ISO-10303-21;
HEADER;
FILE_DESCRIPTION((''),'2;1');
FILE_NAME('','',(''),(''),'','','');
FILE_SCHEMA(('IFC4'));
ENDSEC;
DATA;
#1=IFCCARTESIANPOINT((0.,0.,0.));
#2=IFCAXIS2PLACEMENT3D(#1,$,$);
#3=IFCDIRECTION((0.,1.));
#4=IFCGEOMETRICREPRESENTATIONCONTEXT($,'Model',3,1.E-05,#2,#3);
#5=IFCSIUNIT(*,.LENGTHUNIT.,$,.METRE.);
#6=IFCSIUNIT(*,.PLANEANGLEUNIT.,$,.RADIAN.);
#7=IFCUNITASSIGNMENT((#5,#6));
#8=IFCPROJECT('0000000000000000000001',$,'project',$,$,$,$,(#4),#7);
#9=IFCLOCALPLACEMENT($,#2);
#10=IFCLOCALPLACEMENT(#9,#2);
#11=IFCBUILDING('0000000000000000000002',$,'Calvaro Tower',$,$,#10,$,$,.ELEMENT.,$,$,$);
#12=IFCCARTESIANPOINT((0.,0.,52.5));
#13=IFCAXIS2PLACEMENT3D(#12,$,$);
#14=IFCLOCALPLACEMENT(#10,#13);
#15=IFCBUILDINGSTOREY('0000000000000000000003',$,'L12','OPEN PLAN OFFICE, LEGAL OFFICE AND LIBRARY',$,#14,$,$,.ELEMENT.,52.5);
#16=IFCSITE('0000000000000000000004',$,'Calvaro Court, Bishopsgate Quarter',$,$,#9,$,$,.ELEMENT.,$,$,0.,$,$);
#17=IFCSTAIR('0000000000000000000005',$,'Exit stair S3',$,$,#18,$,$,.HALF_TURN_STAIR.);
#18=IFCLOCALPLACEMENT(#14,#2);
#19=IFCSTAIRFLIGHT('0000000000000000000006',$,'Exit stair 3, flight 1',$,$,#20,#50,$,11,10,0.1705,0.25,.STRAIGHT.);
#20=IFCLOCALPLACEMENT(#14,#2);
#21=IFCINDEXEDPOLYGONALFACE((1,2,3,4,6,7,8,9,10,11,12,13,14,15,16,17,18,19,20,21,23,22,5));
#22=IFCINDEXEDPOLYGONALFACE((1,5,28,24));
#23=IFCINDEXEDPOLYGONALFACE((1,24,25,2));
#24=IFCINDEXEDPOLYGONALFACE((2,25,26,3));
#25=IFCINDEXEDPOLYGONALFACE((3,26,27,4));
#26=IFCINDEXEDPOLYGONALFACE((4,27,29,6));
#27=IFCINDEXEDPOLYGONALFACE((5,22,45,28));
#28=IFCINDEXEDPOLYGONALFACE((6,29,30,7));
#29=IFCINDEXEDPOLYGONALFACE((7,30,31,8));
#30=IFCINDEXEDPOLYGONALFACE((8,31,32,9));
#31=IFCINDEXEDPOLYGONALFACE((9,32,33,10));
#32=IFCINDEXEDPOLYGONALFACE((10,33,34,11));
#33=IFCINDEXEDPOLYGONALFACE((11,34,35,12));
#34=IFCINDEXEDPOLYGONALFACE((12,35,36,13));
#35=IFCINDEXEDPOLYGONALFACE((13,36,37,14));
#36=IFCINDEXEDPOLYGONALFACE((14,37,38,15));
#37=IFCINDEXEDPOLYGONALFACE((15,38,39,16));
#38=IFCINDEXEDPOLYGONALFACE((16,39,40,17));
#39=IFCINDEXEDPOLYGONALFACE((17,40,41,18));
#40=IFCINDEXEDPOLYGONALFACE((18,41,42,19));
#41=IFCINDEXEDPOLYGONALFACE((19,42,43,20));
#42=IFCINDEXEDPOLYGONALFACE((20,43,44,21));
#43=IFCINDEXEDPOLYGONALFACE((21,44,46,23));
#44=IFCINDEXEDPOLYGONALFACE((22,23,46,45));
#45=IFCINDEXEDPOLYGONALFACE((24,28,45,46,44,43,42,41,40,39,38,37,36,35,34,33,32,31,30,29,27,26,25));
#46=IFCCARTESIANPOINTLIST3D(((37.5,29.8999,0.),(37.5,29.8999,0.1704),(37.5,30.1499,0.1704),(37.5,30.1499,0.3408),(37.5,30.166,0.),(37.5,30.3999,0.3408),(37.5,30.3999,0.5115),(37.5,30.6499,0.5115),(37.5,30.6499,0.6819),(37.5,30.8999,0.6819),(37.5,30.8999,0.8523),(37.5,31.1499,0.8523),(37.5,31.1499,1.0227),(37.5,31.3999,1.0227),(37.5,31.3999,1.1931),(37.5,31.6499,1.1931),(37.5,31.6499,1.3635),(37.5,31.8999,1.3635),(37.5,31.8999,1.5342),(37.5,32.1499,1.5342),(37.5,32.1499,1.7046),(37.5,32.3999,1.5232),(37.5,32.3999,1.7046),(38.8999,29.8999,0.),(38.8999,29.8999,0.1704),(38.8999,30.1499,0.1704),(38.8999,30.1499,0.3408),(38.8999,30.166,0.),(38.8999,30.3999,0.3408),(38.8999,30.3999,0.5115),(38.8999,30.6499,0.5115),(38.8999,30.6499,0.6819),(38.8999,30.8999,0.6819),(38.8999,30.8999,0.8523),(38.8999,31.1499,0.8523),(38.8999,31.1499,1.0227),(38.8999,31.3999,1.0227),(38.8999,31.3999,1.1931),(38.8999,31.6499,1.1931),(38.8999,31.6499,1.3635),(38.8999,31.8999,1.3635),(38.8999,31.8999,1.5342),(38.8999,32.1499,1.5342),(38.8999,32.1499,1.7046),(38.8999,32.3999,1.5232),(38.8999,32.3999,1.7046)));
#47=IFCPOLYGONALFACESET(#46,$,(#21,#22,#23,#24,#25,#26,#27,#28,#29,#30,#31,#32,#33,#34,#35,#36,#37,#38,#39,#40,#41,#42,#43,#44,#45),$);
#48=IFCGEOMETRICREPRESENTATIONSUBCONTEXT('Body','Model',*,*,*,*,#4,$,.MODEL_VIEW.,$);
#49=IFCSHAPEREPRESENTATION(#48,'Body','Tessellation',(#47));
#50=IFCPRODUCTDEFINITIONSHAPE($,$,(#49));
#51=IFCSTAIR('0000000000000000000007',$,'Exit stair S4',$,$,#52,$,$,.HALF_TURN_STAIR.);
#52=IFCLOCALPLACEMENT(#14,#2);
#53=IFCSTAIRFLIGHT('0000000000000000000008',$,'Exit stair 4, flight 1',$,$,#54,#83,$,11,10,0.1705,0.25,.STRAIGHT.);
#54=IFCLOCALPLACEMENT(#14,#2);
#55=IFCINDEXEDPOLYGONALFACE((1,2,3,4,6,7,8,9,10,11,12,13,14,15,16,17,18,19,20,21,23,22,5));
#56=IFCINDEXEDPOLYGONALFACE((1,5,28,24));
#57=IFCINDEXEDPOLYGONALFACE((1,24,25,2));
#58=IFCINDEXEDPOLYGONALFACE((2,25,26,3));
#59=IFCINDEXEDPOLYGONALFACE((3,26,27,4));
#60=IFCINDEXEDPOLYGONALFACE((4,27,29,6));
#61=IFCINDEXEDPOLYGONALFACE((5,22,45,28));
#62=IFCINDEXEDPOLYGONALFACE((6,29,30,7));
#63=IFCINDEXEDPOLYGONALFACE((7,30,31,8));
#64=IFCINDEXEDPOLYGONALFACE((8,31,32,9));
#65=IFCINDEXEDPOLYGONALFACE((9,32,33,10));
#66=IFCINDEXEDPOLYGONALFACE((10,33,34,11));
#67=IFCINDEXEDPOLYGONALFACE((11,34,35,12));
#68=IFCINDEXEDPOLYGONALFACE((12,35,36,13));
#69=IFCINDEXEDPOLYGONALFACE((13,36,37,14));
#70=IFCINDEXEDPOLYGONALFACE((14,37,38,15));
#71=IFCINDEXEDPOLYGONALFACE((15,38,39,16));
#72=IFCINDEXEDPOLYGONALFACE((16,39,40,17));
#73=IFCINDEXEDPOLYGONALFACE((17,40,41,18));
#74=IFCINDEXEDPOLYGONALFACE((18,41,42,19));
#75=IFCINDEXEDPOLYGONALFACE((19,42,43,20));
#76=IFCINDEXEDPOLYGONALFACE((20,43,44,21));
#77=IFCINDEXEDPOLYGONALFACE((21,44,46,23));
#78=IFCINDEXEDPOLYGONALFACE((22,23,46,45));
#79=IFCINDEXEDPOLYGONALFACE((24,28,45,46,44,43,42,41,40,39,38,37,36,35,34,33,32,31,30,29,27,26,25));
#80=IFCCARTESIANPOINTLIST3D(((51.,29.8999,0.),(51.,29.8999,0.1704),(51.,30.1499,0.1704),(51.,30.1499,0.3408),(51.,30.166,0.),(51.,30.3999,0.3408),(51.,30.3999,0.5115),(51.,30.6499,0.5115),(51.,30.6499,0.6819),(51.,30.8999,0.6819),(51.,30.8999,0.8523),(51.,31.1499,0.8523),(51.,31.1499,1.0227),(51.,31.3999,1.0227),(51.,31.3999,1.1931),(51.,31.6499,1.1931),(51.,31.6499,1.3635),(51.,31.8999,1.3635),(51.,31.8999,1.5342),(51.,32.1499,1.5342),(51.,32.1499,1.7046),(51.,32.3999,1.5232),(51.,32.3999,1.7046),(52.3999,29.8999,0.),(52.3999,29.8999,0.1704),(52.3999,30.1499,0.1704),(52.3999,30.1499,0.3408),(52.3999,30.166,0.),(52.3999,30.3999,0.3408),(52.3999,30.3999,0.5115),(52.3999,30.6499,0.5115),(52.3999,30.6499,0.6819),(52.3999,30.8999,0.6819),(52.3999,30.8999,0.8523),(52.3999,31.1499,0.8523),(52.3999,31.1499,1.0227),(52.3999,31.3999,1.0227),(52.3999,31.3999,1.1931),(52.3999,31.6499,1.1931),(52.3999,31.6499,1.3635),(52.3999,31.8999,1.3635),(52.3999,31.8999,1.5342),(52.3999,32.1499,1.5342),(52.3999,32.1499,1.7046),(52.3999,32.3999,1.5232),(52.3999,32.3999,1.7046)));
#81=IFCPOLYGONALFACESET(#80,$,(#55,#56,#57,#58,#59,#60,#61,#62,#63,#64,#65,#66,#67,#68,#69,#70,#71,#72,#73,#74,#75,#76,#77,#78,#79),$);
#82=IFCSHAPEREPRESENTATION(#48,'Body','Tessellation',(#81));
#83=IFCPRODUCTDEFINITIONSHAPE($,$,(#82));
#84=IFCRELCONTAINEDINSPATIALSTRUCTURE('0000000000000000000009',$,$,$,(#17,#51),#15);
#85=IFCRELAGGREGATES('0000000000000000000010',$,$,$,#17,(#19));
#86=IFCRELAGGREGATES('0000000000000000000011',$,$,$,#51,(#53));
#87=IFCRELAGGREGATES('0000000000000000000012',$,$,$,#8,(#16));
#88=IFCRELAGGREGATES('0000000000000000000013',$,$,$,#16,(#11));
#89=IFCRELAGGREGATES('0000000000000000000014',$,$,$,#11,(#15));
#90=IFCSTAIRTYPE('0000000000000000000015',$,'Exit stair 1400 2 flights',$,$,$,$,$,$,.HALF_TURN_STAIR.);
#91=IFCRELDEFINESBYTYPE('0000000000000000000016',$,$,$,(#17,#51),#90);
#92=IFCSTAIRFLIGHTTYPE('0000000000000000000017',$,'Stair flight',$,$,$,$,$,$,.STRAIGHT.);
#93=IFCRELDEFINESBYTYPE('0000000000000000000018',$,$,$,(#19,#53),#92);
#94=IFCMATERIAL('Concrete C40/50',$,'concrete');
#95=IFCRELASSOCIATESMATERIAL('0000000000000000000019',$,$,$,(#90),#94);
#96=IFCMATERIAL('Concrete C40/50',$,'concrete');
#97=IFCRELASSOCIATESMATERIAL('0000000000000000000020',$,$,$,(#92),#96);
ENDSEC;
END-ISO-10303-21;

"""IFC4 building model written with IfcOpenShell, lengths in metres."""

from ifc_helpers import new_model, si_unit, direction, frame, origin, place, context, subcontext, project, spatial, polyline, outline, extrude, material, type_object, element, aggregate, save


model = new_model("IFC4")

# Units and contexts
model_context = context("Model", 3, precision=1e-05, world=origin(), true_north=direction((0.0, 1.0)))
body_context = subcontext(model_context, "Body", "Model", "MODEL_VIEW")
ifc_project = project(units=[si_unit("LENGTHUNIT", "METRE"), si_unit("PLANEANGLEUNIT", "RADIAN")], contexts=[model_context])

# Site, building, storey
site_placement = place(None, origin())
site = spatial("IfcSite", under=ifc_project, at=site_placement, Name="Calvaro Court, Bishopsgate Quarter", CompositionType="ELEMENT", RefElevation=0.0)
building_placement = place(site_placement, origin())
building = spatial("IfcBuilding", under=site, at=building_placement, Name="Calvaro Tower", CompositionType="ELEMENT")
storey_placement = place(building_placement, frame((0.0, 0.0, 52.5)))
storey = spatial("IfcBuildingStorey", under=building, at=storey_placement, Name="L12", Description="OPEN PLAN OFFICE, LEGAL OFFICE AND LIBRARY", CompositionType="ELEMENT", Elevation=52.5)

# Stairs, stair flights
ifc_material_1 = material(Name="Concrete C40/50", Category="concrete")
stair_type = type_object("IfcStairType", Name="Exit stair 1400 2 flights", PredefinedType="HALF_TURN_STAIR", material=ifc_material_1)
stair_1_placement = place(storey_placement, origin())
stair_1 = element("IfcStair", 1, at=stair_1_placement, inside=storey, type_object=stair_type, Name="Exit stair S3", PredefinedType="HALF_TURN_STAIR")
ifc_material_2 = material(Name="Concrete C40/50", Category="concrete")
stair_flight_type = type_object("IfcStairFlightType", Name="Stair flight", PredefinedType="STRAIGHT", material=ifc_material_2)
stair_flight_1_placement = place(storey_placement, frame((38.2, 29.8999, 0.0), z_axis=(0.0, 0.0, 1.0), x_axis=(0.0, 1.0, 0.0)))
stair_flight_1 = element("IfcStairFlight", 2, at=stair_flight_1_placement, type_object=stair_flight_type, Name="Exit stair 3, flight 1", NumberOfRisers=11, NumberOfTreads=10, PredefinedType="STRAIGHT", RiserHeight=0.1705, TreadLength=0.25, context=body_context, shape_type="SweptSolid", body=[
    extrude(outline(polyline([(0.0, 0.0), (0.0, 0.1704), (0.25, 0.1704), (0.25, 0.3408), (0.5, 0.3408), (0.5, 0.5115), (0.75, 0.5115), (0.75, 0.6819), (1.0, 0.6819), (1.0, 0.8523), (1.25, 0.8523), (1.25, 1.0227), (1.5, 1.0227), (1.5, 1.1931), (1.75, 1.1931), (1.75, 1.3635), (2.0, 1.3635), (2.0, 1.5342), (2.25, 1.5342), (2.25, 1.7046), (2.5, 1.7046), (2.5, 1.875), (2.5, 1.5232), (0.2661, 0.0), (0.0, 0.0)])), frame((0.0, 0.7, 0.0), z_axis=(0.0, -1.0, 0.0), x_axis=(1.0, 0.0, 0.0)), (0.0, 0.0, 1.0), 1.3999),
])
stair_2_placement = place(storey_placement, origin())
stair_2 = element("IfcStair", 3, at=stair_2_placement, inside=storey, type_object=stair_type, Name="Exit stair S4", PredefinedType="HALF_TURN_STAIR")
stair_flight_2_placement = place(storey_placement, frame((51.7, 29.8999, 0.0), z_axis=(0.0, 0.0, 1.0), x_axis=(0.0, 1.0, 0.0)))
stair_flight_2 = element("IfcStairFlight", 4, at=stair_flight_2_placement, type_object=stair_flight_type, Name="Exit stair 4, flight 1", NumberOfRisers=11, NumberOfTreads=10, PredefinedType="STRAIGHT", RiserHeight=0.1705, TreadLength=0.25, context=body_context, shape_type="SweptSolid", body=[
    extrude(outline(polyline([(0.0, 0.0), (0.0, 0.1704), (0.25, 0.1704), (0.25, 0.3408), (0.5, 0.3408), (0.5, 0.5115), (0.75, 0.5115), (0.75, 0.6819), (1.0, 0.6819), (1.0, 0.8523), (1.25, 0.8523), (1.25, 1.0227), (1.5, 1.0227), (1.5, 1.1931), (1.75, 1.1931), (1.75, 1.3635), (2.0, 1.3635), (2.0, 1.5342), (2.25, 1.5342), (2.25, 1.7046), (2.5, 1.7046), (2.5, 1.875), (2.5, 1.5232), (0.2661, 0.0), (0.0, 0.0)])), frame((0.0, 0.7, 0.0), z_axis=(0.0, -1.0, 0.0), x_axis=(1.0, 0.0, 0.0)), (0.0, 0.0, 1.0), 1.3999),
])

aggregate(stair_1, [stair_flight_1])
aggregate(stair_2, [stair_flight_2])

save(model, "model.ifc")
